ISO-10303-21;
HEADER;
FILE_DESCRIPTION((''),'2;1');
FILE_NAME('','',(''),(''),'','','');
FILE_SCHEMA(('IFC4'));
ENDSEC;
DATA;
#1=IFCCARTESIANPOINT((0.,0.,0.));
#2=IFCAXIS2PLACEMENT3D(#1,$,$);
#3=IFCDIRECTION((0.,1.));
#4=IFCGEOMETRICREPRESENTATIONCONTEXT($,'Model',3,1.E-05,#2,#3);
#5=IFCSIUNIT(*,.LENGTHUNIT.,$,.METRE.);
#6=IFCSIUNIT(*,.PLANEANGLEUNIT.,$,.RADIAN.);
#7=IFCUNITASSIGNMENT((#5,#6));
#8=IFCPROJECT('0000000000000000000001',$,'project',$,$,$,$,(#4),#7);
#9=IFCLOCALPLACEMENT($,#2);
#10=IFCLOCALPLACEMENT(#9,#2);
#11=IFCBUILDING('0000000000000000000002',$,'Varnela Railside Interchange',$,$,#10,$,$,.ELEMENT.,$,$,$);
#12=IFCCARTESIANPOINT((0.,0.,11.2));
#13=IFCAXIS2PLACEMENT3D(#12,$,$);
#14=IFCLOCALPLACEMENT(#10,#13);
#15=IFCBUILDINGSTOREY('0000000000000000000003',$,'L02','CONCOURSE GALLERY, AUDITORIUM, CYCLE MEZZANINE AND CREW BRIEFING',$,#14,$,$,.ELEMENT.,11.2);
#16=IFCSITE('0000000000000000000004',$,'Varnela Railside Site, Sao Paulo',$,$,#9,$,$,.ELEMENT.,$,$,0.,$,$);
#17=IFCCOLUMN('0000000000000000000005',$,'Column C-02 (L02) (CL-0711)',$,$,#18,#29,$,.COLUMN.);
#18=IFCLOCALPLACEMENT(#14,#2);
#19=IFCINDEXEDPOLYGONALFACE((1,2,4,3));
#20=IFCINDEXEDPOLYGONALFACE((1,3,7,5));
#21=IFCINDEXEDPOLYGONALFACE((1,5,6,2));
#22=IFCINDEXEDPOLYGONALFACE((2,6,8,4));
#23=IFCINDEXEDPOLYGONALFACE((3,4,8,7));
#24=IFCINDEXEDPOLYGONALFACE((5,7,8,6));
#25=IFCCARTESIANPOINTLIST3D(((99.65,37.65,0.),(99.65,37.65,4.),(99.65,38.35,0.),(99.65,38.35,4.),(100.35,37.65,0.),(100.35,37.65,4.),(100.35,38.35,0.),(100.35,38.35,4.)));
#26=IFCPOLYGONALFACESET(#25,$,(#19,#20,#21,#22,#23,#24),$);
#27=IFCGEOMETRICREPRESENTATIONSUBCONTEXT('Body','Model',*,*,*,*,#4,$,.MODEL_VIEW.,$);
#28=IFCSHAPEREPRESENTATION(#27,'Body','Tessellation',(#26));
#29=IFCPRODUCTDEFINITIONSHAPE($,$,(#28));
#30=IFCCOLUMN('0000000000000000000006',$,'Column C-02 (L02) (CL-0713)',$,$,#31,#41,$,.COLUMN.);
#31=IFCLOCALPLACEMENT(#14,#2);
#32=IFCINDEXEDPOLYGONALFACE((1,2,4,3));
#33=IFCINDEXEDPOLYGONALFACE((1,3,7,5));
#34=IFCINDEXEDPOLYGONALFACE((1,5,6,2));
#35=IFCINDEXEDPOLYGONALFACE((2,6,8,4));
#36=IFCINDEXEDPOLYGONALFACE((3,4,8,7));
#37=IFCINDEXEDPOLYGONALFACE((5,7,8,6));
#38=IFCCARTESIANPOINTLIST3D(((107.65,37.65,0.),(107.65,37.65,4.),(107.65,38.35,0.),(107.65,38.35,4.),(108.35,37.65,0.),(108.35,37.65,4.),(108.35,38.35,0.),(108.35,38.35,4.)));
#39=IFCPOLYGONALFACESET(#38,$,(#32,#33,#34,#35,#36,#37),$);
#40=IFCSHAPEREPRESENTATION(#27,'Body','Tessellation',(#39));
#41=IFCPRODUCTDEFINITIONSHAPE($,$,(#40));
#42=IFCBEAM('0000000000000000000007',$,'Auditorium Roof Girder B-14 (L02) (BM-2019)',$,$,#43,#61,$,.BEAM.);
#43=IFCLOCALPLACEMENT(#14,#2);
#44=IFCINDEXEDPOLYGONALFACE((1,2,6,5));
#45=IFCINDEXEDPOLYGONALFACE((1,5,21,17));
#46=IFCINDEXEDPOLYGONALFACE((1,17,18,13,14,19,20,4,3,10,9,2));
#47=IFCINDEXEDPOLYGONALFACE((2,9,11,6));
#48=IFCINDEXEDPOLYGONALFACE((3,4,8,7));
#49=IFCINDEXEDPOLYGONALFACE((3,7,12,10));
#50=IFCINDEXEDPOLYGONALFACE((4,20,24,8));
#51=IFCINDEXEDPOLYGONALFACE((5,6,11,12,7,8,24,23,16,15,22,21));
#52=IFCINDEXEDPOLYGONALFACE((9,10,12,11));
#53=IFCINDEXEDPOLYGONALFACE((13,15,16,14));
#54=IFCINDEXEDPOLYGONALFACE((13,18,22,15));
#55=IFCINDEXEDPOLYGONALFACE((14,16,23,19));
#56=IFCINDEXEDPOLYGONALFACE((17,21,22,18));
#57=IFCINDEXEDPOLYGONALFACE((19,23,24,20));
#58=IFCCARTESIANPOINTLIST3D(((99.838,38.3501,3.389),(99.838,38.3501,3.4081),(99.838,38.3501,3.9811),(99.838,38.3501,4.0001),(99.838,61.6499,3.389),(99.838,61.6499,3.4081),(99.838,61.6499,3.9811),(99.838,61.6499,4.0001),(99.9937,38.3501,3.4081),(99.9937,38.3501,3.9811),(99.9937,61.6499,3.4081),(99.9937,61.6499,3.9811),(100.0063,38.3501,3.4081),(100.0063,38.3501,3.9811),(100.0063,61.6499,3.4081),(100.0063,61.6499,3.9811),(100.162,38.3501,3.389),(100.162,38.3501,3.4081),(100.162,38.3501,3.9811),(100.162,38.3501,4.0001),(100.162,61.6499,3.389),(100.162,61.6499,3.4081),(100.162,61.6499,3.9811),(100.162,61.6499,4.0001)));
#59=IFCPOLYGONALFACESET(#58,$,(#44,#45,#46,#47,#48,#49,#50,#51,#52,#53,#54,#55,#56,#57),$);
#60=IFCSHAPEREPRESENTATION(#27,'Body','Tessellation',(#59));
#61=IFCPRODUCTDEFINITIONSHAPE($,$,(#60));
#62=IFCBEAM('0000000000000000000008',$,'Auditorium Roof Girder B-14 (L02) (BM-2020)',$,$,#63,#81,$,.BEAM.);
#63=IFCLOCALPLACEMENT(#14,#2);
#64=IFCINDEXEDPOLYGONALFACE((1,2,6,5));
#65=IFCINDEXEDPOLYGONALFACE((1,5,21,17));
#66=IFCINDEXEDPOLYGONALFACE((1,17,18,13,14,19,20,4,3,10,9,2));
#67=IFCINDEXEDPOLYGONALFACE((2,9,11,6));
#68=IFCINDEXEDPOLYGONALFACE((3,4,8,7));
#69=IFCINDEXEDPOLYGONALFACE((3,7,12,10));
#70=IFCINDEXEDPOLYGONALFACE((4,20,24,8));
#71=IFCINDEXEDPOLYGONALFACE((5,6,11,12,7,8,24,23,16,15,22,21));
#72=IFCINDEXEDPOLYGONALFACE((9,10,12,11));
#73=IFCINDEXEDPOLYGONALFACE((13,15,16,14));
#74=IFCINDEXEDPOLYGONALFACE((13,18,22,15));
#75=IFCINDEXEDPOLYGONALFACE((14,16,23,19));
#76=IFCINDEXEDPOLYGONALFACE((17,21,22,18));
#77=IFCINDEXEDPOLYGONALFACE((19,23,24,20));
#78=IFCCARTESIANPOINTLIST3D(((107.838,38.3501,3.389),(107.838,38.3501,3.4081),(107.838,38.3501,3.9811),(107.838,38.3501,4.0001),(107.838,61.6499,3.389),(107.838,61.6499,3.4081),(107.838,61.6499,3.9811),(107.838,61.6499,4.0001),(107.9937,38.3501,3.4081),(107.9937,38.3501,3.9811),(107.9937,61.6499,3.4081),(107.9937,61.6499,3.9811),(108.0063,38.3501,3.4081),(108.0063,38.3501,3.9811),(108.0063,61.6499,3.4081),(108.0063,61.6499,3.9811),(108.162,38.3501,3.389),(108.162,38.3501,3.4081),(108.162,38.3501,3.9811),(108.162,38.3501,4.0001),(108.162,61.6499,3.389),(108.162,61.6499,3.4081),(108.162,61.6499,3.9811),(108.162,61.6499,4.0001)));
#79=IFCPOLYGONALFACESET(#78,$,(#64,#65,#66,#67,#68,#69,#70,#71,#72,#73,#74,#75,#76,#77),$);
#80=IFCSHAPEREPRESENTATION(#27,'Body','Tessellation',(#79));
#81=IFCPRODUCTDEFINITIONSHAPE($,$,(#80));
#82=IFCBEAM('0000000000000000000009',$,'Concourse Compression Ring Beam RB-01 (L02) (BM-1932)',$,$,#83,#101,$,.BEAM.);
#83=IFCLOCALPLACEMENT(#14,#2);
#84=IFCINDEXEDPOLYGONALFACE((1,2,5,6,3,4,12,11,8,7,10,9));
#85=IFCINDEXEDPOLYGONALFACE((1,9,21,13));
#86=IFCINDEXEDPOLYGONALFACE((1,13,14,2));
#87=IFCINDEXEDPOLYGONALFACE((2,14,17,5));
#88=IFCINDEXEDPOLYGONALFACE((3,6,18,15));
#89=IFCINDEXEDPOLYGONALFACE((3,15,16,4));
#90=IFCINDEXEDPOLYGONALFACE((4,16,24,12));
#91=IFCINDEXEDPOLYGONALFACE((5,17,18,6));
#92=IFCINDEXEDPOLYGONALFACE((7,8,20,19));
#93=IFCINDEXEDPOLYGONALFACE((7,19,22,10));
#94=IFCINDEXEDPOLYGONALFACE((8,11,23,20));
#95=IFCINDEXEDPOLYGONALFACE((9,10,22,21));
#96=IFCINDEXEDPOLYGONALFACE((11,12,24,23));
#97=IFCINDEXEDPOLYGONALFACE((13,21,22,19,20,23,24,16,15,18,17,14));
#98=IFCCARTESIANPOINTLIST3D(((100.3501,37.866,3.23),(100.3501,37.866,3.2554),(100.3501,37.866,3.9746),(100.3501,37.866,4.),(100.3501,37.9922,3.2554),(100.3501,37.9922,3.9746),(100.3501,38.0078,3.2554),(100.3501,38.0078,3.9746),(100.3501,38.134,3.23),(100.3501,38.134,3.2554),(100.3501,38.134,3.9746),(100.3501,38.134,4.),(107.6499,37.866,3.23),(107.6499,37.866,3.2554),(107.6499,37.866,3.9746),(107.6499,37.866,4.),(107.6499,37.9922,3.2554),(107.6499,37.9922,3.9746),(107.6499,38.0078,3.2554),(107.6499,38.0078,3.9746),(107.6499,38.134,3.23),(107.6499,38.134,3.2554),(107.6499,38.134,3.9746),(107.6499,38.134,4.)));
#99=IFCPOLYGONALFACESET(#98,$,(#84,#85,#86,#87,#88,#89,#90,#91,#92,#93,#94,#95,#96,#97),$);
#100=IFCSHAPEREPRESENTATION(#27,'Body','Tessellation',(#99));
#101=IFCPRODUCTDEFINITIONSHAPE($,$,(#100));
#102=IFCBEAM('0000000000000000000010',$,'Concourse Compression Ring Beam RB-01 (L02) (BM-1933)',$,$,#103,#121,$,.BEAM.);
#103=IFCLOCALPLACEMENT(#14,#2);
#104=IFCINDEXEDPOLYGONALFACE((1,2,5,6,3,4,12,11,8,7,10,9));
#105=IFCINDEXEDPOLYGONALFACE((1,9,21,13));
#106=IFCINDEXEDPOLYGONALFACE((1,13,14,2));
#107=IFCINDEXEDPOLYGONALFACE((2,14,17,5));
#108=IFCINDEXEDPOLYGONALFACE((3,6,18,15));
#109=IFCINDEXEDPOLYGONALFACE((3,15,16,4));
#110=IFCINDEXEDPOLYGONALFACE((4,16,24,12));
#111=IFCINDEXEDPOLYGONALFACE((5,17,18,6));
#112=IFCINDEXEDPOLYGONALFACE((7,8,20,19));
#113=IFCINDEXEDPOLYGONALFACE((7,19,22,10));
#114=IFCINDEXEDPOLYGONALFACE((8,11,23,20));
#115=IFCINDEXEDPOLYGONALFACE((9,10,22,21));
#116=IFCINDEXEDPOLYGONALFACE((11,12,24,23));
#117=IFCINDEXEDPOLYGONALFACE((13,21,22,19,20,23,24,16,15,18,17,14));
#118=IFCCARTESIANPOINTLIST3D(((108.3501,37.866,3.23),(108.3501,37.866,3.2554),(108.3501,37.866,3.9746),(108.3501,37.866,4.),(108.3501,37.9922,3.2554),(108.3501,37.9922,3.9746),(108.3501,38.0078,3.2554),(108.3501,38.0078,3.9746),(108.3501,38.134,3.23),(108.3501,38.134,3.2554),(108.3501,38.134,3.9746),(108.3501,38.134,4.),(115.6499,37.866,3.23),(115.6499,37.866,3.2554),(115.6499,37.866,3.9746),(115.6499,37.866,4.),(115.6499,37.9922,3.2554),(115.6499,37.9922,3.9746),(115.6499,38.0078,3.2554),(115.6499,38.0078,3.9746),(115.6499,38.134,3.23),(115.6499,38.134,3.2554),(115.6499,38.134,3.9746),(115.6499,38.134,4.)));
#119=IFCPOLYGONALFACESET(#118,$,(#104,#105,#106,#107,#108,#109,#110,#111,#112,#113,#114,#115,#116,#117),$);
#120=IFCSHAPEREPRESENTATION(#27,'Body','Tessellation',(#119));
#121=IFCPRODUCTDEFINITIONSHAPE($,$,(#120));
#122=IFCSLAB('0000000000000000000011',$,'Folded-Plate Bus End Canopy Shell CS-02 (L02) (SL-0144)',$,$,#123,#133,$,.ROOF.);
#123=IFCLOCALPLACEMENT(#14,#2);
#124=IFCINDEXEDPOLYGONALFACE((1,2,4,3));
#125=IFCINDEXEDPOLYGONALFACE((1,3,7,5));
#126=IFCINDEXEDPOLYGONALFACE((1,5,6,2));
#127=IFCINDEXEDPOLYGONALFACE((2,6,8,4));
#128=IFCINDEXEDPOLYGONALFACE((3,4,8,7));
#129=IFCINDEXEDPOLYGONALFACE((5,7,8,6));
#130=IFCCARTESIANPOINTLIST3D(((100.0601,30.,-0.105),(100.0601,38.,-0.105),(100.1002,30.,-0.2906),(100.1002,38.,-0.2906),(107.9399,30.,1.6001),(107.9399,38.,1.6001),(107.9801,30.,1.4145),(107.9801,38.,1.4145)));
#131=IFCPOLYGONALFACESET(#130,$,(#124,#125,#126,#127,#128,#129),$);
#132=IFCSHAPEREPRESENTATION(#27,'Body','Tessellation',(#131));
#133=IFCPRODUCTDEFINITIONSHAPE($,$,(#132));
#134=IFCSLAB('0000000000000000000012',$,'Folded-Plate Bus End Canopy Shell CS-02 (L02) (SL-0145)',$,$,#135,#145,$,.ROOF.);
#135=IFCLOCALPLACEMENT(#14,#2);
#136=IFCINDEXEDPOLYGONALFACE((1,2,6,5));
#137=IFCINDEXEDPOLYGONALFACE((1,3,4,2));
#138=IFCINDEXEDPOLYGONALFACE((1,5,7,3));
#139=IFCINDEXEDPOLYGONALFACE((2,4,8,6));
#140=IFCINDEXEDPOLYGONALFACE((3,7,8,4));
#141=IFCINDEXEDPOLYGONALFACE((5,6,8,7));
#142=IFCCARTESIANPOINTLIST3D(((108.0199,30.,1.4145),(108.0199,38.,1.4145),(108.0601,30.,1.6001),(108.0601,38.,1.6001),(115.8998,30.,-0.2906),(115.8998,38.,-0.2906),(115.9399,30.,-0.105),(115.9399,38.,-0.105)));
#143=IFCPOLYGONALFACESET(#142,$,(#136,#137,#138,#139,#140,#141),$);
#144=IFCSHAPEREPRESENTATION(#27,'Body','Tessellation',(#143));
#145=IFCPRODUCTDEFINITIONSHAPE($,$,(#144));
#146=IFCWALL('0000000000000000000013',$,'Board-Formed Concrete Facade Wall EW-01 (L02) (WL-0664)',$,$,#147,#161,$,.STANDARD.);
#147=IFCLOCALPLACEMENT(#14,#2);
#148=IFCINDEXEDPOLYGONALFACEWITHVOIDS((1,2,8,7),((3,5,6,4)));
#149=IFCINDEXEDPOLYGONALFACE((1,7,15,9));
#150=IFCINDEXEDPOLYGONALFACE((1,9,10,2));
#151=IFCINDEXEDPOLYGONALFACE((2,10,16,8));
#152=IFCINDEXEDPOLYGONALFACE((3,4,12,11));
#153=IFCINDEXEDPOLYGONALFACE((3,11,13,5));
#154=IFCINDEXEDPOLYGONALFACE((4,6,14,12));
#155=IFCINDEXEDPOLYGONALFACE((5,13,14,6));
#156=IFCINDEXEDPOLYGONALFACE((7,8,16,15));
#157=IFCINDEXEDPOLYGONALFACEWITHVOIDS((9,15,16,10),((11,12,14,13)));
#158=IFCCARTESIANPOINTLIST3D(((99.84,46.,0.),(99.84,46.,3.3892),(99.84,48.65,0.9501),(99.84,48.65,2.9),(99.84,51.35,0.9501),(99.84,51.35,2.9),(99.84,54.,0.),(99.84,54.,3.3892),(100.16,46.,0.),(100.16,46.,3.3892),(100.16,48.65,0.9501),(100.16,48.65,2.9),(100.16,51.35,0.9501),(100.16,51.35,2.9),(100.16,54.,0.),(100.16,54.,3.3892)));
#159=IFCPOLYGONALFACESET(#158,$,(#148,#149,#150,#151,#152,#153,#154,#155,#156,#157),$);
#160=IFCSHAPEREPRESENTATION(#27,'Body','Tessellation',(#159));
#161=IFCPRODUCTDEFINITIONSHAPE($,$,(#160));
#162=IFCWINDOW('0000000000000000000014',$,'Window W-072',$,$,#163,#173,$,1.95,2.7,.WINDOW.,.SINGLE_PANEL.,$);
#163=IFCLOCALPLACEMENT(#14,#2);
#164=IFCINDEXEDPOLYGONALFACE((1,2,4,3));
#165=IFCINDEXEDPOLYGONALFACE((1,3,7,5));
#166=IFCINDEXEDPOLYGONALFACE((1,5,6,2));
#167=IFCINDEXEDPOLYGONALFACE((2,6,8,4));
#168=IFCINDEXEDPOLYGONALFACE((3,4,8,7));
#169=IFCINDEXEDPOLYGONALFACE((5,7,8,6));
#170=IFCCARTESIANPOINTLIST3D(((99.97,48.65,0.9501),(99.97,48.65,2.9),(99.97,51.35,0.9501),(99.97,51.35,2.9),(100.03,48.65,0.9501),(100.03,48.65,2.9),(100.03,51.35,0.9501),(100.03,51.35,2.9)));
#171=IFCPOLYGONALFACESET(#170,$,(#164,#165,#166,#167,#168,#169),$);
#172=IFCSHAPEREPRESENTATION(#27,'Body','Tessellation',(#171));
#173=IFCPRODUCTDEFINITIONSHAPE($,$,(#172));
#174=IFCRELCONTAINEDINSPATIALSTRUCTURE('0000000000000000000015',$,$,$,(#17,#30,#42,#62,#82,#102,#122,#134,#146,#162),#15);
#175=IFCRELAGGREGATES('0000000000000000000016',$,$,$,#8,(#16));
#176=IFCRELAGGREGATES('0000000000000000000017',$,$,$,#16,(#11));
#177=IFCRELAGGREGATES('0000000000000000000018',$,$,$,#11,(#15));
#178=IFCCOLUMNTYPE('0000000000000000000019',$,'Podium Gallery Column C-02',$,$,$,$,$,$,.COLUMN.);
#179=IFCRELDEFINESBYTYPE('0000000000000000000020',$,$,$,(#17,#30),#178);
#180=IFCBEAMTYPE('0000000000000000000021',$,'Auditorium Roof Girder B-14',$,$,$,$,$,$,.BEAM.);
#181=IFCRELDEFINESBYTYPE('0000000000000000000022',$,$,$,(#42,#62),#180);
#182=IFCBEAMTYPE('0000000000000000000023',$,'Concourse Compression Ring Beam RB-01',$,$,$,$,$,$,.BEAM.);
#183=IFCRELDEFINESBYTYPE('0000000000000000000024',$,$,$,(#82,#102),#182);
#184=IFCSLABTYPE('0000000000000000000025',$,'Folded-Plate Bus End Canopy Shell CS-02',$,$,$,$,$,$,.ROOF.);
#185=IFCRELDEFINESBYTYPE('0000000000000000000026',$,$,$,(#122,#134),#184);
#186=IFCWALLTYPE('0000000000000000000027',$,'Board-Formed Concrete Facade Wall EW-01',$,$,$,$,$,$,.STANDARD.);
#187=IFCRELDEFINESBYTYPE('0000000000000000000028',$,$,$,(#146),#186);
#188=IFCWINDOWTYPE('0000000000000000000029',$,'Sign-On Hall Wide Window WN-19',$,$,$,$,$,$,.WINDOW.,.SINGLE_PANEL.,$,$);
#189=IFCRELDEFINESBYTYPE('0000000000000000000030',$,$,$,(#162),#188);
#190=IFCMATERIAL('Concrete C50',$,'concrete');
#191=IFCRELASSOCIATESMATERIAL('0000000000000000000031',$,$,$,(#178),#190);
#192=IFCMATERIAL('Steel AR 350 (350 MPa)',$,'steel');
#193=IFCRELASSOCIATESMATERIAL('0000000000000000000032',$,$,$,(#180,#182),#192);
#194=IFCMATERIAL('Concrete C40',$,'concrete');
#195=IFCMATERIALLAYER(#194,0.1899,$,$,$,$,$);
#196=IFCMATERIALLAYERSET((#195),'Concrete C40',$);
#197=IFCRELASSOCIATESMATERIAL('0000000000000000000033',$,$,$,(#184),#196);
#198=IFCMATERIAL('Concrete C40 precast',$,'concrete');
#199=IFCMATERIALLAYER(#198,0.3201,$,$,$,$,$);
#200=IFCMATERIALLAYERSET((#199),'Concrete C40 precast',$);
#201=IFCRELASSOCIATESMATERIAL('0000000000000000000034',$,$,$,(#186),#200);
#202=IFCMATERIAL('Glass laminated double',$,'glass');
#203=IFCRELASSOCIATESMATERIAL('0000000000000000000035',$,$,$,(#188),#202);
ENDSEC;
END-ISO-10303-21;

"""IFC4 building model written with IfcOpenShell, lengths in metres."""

from ifc_helpers import new_model, si_unit, direction, frame, frame_2d, origin, origin_2d, place, context, subcontext, project, spatial, polyline, rectangle, i_section, outline, extrude, material, layer, layer_set, material_profile, profile_set, type_object, element, fill, save


model = new_model("IFC4")

# Units and contexts
model_context = context("Model", 3, precision=1e-05, world=origin(), true_north=direction((0.0, 1.0)))
body_context = subcontext(model_context, "Body", "Model", "MODEL_VIEW")
ifc_project = project(units=[si_unit("LENGTHUNIT", "METRE"), si_unit("PLANEANGLEUNIT", "RADIAN")], contexts=[model_context])

# Site, building, storey
site_placement = place(None, origin())
site = spatial("IfcSite", under=ifc_project, at=site_placement, Name="Varnela Railside Site, Sao Paulo", CompositionType="ELEMENT", RefElevation=0.0)
building_placement = place(site_placement, origin())
building = spatial("IfcBuilding", under=site, at=building_placement, Name="Varnela Railside Interchange", CompositionType="ELEMENT")
storey_placement = place(building_placement, frame((0.0, 0.0, 11.2)))
storey = spatial("IfcBuildingStorey", under=building, at=storey_placement, Name="L02", Description="CONCOURSE GALLERY, AUDITORIUM, CYCLE MEZZANINE AND CREW BRIEFING", CompositionType="ELEMENT", Elevation=11.2)

# Columns
ifc_material_1 = material(Name="Concrete C50", Category="concrete")
ifc_material_profile_1 = material_profile(ifc_material_1, rectangle(XDim=0.7, YDim=0.7, at=origin_2d()), Name="RC 700x700")
ifc_profile_set_1 = profile_set([ifc_material_profile_1], Name="Concrete C50")
column_type = type_object("IfcColumnType", Name="Podium Gallery Column C-02", PredefinedType="COLUMN", material=ifc_profile_set_1)
for number, where, z_axis, x_axis, name in (
    (1, (100.0, 38.0, 0.0), (0.0, 0.0, 1.0), (1.0, 0.0, 0.0), "Column C-02 (L02) (CL-0711)"),
    (2, (108.0, 38.0, 0.0), (0.0, 0.0, 1.0), (1.0, 0.0, 0.0), "Column C-02 (L02) (CL-0713)"),
):
    element("IfcColumn", number, at=place(storey_placement, frame(where, z_axis=z_axis, x_axis=x_axis)), inside=storey, type_object=column_type, Name=name, PredefinedType="COLUMN", context=body_context, shape_type="SweptSolid", body=[
        extrude(rectangle(XDim=0.7, YDim=0.7, at=origin_2d()), origin(), (0.0, 0.0, 1.0), 4.0),
    ])

# Beams
ifc_material_2 = material(Name="Steel AR 350 (350 MPa)", Category="steel")
ifc_material_profile_2 = material_profile(ifc_material_2, i_section(OverallWidth=0.324, OverallDepth=0.6111, WebThickness=0.0127, FlangeThickness=0.019, at=origin_2d()), Name="W610x155")
ifc_profile_set_2 = profile_set([ifc_material_profile_2], Name="Steel AR 350 (350 MPa)")
beam_type_1 = type_object("IfcBeamType", Name="Auditorium Roof Girder B-14", PredefinedType="BEAM", material=ifc_profile_set_2)
for number, where, z_axis, x_axis, name in (
    (3, (100.0, 38.3501, 3.6946), (0.0, 1.0, 0.0), (-1.0, 0.0, 0.0), "Auditorium Roof Girder B-14 (L02) (BM-2019)"),
    (4, (108.0, 38.3501, 3.6946), (0.0, 1.0, 0.0), (-1.0, 0.0, 0.0), "Auditorium Roof Girder B-14 (L02) (BM-2020)"),
):
    element("IfcBeam", number, at=place(storey_placement, frame(where, z_axis=z_axis, x_axis=x_axis)), inside=storey, type_object=beam_type_1, Name=name, PredefinedType="BEAM", context=body_context, shape_type="SweptSolid", body=[
        extrude(i_section(OverallWidth=0.324, OverallDepth=0.6111, WebThickness=0.0127, FlangeThickness=0.019, at=origin_2d()), origin(), (0.0, 0.0, 1.0), 23.2998),
    ])
ifc_material_profile_3 = material_profile(ifc_material_2, i_section(OverallWidth=0.2681, OverallDepth=0.77, WebThickness=0.0156, FlangeThickness=0.0254, at=origin_2d()), Name="W760x196")
ifc_profile_set_3 = profile_set([ifc_material_profile_3], Name="Steel AR 350 (350 MPa)")
beam_type_2 = type_object("IfcBeamType", Name="Concourse Compression Ring Beam RB-01", PredefinedType="BEAM", material=ifc_profile_set_3)
for number, where, z_axis, x_axis, name in (
    (5, (100.3501, 38.0, 3.615), (1.0, 0.0, 0.0), (0.0, 1.0, 0.0), "Concourse Compression Ring Beam RB-01 (L02) (BM-1932)"),
    (6, (108.3501, 38.0, 3.615), (1.0, 0.0, 0.0), (0.0, 1.0, 0.0), "Concourse Compression Ring Beam RB-01 (L02) (BM-1933)"),
):
    element("IfcBeam", number, at=place(storey_placement, frame(where, z_axis=z_axis, x_axis=x_axis)), inside=storey, type_object=beam_type_2, Name=name, PredefinedType="BEAM", context=body_context, shape_type="SweptSolid", body=[
        extrude(i_section(OverallWidth=0.2681, OverallDepth=0.77, WebThickness=0.0156, FlangeThickness=0.0254, at=origin_2d()), origin(), (0.0, 0.0, 1.0), 7.2998),
    ])

# Slabs
ifc_material_3 = material(Name="Concrete C40", Category="concrete")
ifc_layer_1 = layer(ifc_material_3, 0.1899)
ifc_layer_set_1 = layer_set([ifc_layer_1], Name="Concrete C40")
slab_type = type_object("IfcSlabType", Name="Folded-Plate Bus End Canopy Shell CS-02", PredefinedType="ROOF", material=ifc_layer_set_1)
for number, where, z_axis, x_axis, name in (
    (7, (100.0601, 30.0, -0.105), (-0.211489, 0.0, 0.97738), (0.97738, 0.0, 0.211489), "Folded-Plate Bus End Canopy Shell CS-02 (L02) (SL-0144)"),
    (8, (108.0601, 30.0, 1.6001), (0.211489, 0.0, 0.97738), (0.97738, 0.0, -0.211489), "Folded-Plate Bus End Canopy Shell CS-02 (L02) (SL-0145)"),
):
    element("IfcSlab", number, at=place(storey_placement, frame(where, z_axis=z_axis, x_axis=x_axis)), inside=storey, type_object=slab_type, Name=name, PredefinedType="ROOF", context=body_context, shape_type="SweptSolid", body=[
        extrude(outline(polyline([(0.0, 0.0), (8.0622, 0.0), (8.0622, 8.0), (0.0, 8.0), (0.0, 0.0)])), origin(), (0.0, 0.0, -1.0), 0.1899),
    ])

# Wall, opening, window
ifc_material_4 = material(Name="Concrete C40 precast", Category="concrete")
ifc_layer_2 = layer(ifc_material_4, 0.3201)
ifc_layer_set_2 = layer_set([ifc_layer_2], Name="Concrete C40 precast")
wall_type_1 = type_object("IfcWallType", Name="Board-Formed Concrete Facade Wall EW-01", PredefinedType="STANDARD", material=ifc_layer_set_2)
wall_1_placement = place(storey_placement, frame((100.0, 46.0, 0.0), z_axis=(0.0, 0.0, 1.0), x_axis=(0.0, 1.0, 0.0)))
wall_1 = element("IfcWall", 9, at=wall_1_placement, inside=storey, type_object=wall_type_1, Name="Board-Formed Concrete Facade Wall EW-01 (L02) (WL-0664)", PredefinedType="STANDARD", context=body_context, shape_type="SweptSolid", body=[
    extrude(rectangle(XDim=8.0, YDim=0.3201, at=frame_2d((4.0, 0.0))), origin(), (0.0, 0.0, 1.0), 3.3892),
])
opening_1_placement = place(wall_1_placement, frame((2.6499, 0.0, 0.95)))
opening_1 = element("IfcOpeningElement", 10, at=opening_1_placement, cuts=wall_1, PredefinedType="OPENING", context=body_context, shape_type="SweptSolid", body=[
    extrude(rectangle(XDim=2.7, YDim=1.95, at=frame_2d((1.3501, 0.9751))), frame((0.0, 0.1699, 0.0), z_axis=(0.0, -1.0, 0.0), x_axis=(1.0, 0.0, 0.0)), (0.0, 0.0, 1.0), 0.3401),
])
ifc_material_5 = material(Name="Glass laminated double", Category="glass")
window_type_1 = type_object("IfcWindowType", Name="Sign-On Hall Wide Window WN-19", PartitioningType="SINGLE_PANEL", PredefinedType="WINDOW", material=ifc_material_5)
window_1_placement = place(opening_1_placement, origin())
window_1 = element("IfcWindow", 11, at=window_1_placement, inside=storey, type_object=window_type_1, Name="Window W-072", OverallHeight=1.95, OverallWidth=2.7, PartitioningType="SINGLE_PANEL", PredefinedType="WINDOW", context=body_context, shape_type="SweptSolid", body=[
    extrude(rectangle(XDim=2.7, YDim=1.95, at=frame_2d((1.3501, 0.9751))), frame((0.0, 0.03, 0.0), z_axis=(0.0, -1.0, 0.0), x_axis=(1.0, 0.0, 0.0)), (0.0, 0.0, 1.0), 0.0601),
])
fill(opening_1, window_1)

save(model, "model.ifc")
